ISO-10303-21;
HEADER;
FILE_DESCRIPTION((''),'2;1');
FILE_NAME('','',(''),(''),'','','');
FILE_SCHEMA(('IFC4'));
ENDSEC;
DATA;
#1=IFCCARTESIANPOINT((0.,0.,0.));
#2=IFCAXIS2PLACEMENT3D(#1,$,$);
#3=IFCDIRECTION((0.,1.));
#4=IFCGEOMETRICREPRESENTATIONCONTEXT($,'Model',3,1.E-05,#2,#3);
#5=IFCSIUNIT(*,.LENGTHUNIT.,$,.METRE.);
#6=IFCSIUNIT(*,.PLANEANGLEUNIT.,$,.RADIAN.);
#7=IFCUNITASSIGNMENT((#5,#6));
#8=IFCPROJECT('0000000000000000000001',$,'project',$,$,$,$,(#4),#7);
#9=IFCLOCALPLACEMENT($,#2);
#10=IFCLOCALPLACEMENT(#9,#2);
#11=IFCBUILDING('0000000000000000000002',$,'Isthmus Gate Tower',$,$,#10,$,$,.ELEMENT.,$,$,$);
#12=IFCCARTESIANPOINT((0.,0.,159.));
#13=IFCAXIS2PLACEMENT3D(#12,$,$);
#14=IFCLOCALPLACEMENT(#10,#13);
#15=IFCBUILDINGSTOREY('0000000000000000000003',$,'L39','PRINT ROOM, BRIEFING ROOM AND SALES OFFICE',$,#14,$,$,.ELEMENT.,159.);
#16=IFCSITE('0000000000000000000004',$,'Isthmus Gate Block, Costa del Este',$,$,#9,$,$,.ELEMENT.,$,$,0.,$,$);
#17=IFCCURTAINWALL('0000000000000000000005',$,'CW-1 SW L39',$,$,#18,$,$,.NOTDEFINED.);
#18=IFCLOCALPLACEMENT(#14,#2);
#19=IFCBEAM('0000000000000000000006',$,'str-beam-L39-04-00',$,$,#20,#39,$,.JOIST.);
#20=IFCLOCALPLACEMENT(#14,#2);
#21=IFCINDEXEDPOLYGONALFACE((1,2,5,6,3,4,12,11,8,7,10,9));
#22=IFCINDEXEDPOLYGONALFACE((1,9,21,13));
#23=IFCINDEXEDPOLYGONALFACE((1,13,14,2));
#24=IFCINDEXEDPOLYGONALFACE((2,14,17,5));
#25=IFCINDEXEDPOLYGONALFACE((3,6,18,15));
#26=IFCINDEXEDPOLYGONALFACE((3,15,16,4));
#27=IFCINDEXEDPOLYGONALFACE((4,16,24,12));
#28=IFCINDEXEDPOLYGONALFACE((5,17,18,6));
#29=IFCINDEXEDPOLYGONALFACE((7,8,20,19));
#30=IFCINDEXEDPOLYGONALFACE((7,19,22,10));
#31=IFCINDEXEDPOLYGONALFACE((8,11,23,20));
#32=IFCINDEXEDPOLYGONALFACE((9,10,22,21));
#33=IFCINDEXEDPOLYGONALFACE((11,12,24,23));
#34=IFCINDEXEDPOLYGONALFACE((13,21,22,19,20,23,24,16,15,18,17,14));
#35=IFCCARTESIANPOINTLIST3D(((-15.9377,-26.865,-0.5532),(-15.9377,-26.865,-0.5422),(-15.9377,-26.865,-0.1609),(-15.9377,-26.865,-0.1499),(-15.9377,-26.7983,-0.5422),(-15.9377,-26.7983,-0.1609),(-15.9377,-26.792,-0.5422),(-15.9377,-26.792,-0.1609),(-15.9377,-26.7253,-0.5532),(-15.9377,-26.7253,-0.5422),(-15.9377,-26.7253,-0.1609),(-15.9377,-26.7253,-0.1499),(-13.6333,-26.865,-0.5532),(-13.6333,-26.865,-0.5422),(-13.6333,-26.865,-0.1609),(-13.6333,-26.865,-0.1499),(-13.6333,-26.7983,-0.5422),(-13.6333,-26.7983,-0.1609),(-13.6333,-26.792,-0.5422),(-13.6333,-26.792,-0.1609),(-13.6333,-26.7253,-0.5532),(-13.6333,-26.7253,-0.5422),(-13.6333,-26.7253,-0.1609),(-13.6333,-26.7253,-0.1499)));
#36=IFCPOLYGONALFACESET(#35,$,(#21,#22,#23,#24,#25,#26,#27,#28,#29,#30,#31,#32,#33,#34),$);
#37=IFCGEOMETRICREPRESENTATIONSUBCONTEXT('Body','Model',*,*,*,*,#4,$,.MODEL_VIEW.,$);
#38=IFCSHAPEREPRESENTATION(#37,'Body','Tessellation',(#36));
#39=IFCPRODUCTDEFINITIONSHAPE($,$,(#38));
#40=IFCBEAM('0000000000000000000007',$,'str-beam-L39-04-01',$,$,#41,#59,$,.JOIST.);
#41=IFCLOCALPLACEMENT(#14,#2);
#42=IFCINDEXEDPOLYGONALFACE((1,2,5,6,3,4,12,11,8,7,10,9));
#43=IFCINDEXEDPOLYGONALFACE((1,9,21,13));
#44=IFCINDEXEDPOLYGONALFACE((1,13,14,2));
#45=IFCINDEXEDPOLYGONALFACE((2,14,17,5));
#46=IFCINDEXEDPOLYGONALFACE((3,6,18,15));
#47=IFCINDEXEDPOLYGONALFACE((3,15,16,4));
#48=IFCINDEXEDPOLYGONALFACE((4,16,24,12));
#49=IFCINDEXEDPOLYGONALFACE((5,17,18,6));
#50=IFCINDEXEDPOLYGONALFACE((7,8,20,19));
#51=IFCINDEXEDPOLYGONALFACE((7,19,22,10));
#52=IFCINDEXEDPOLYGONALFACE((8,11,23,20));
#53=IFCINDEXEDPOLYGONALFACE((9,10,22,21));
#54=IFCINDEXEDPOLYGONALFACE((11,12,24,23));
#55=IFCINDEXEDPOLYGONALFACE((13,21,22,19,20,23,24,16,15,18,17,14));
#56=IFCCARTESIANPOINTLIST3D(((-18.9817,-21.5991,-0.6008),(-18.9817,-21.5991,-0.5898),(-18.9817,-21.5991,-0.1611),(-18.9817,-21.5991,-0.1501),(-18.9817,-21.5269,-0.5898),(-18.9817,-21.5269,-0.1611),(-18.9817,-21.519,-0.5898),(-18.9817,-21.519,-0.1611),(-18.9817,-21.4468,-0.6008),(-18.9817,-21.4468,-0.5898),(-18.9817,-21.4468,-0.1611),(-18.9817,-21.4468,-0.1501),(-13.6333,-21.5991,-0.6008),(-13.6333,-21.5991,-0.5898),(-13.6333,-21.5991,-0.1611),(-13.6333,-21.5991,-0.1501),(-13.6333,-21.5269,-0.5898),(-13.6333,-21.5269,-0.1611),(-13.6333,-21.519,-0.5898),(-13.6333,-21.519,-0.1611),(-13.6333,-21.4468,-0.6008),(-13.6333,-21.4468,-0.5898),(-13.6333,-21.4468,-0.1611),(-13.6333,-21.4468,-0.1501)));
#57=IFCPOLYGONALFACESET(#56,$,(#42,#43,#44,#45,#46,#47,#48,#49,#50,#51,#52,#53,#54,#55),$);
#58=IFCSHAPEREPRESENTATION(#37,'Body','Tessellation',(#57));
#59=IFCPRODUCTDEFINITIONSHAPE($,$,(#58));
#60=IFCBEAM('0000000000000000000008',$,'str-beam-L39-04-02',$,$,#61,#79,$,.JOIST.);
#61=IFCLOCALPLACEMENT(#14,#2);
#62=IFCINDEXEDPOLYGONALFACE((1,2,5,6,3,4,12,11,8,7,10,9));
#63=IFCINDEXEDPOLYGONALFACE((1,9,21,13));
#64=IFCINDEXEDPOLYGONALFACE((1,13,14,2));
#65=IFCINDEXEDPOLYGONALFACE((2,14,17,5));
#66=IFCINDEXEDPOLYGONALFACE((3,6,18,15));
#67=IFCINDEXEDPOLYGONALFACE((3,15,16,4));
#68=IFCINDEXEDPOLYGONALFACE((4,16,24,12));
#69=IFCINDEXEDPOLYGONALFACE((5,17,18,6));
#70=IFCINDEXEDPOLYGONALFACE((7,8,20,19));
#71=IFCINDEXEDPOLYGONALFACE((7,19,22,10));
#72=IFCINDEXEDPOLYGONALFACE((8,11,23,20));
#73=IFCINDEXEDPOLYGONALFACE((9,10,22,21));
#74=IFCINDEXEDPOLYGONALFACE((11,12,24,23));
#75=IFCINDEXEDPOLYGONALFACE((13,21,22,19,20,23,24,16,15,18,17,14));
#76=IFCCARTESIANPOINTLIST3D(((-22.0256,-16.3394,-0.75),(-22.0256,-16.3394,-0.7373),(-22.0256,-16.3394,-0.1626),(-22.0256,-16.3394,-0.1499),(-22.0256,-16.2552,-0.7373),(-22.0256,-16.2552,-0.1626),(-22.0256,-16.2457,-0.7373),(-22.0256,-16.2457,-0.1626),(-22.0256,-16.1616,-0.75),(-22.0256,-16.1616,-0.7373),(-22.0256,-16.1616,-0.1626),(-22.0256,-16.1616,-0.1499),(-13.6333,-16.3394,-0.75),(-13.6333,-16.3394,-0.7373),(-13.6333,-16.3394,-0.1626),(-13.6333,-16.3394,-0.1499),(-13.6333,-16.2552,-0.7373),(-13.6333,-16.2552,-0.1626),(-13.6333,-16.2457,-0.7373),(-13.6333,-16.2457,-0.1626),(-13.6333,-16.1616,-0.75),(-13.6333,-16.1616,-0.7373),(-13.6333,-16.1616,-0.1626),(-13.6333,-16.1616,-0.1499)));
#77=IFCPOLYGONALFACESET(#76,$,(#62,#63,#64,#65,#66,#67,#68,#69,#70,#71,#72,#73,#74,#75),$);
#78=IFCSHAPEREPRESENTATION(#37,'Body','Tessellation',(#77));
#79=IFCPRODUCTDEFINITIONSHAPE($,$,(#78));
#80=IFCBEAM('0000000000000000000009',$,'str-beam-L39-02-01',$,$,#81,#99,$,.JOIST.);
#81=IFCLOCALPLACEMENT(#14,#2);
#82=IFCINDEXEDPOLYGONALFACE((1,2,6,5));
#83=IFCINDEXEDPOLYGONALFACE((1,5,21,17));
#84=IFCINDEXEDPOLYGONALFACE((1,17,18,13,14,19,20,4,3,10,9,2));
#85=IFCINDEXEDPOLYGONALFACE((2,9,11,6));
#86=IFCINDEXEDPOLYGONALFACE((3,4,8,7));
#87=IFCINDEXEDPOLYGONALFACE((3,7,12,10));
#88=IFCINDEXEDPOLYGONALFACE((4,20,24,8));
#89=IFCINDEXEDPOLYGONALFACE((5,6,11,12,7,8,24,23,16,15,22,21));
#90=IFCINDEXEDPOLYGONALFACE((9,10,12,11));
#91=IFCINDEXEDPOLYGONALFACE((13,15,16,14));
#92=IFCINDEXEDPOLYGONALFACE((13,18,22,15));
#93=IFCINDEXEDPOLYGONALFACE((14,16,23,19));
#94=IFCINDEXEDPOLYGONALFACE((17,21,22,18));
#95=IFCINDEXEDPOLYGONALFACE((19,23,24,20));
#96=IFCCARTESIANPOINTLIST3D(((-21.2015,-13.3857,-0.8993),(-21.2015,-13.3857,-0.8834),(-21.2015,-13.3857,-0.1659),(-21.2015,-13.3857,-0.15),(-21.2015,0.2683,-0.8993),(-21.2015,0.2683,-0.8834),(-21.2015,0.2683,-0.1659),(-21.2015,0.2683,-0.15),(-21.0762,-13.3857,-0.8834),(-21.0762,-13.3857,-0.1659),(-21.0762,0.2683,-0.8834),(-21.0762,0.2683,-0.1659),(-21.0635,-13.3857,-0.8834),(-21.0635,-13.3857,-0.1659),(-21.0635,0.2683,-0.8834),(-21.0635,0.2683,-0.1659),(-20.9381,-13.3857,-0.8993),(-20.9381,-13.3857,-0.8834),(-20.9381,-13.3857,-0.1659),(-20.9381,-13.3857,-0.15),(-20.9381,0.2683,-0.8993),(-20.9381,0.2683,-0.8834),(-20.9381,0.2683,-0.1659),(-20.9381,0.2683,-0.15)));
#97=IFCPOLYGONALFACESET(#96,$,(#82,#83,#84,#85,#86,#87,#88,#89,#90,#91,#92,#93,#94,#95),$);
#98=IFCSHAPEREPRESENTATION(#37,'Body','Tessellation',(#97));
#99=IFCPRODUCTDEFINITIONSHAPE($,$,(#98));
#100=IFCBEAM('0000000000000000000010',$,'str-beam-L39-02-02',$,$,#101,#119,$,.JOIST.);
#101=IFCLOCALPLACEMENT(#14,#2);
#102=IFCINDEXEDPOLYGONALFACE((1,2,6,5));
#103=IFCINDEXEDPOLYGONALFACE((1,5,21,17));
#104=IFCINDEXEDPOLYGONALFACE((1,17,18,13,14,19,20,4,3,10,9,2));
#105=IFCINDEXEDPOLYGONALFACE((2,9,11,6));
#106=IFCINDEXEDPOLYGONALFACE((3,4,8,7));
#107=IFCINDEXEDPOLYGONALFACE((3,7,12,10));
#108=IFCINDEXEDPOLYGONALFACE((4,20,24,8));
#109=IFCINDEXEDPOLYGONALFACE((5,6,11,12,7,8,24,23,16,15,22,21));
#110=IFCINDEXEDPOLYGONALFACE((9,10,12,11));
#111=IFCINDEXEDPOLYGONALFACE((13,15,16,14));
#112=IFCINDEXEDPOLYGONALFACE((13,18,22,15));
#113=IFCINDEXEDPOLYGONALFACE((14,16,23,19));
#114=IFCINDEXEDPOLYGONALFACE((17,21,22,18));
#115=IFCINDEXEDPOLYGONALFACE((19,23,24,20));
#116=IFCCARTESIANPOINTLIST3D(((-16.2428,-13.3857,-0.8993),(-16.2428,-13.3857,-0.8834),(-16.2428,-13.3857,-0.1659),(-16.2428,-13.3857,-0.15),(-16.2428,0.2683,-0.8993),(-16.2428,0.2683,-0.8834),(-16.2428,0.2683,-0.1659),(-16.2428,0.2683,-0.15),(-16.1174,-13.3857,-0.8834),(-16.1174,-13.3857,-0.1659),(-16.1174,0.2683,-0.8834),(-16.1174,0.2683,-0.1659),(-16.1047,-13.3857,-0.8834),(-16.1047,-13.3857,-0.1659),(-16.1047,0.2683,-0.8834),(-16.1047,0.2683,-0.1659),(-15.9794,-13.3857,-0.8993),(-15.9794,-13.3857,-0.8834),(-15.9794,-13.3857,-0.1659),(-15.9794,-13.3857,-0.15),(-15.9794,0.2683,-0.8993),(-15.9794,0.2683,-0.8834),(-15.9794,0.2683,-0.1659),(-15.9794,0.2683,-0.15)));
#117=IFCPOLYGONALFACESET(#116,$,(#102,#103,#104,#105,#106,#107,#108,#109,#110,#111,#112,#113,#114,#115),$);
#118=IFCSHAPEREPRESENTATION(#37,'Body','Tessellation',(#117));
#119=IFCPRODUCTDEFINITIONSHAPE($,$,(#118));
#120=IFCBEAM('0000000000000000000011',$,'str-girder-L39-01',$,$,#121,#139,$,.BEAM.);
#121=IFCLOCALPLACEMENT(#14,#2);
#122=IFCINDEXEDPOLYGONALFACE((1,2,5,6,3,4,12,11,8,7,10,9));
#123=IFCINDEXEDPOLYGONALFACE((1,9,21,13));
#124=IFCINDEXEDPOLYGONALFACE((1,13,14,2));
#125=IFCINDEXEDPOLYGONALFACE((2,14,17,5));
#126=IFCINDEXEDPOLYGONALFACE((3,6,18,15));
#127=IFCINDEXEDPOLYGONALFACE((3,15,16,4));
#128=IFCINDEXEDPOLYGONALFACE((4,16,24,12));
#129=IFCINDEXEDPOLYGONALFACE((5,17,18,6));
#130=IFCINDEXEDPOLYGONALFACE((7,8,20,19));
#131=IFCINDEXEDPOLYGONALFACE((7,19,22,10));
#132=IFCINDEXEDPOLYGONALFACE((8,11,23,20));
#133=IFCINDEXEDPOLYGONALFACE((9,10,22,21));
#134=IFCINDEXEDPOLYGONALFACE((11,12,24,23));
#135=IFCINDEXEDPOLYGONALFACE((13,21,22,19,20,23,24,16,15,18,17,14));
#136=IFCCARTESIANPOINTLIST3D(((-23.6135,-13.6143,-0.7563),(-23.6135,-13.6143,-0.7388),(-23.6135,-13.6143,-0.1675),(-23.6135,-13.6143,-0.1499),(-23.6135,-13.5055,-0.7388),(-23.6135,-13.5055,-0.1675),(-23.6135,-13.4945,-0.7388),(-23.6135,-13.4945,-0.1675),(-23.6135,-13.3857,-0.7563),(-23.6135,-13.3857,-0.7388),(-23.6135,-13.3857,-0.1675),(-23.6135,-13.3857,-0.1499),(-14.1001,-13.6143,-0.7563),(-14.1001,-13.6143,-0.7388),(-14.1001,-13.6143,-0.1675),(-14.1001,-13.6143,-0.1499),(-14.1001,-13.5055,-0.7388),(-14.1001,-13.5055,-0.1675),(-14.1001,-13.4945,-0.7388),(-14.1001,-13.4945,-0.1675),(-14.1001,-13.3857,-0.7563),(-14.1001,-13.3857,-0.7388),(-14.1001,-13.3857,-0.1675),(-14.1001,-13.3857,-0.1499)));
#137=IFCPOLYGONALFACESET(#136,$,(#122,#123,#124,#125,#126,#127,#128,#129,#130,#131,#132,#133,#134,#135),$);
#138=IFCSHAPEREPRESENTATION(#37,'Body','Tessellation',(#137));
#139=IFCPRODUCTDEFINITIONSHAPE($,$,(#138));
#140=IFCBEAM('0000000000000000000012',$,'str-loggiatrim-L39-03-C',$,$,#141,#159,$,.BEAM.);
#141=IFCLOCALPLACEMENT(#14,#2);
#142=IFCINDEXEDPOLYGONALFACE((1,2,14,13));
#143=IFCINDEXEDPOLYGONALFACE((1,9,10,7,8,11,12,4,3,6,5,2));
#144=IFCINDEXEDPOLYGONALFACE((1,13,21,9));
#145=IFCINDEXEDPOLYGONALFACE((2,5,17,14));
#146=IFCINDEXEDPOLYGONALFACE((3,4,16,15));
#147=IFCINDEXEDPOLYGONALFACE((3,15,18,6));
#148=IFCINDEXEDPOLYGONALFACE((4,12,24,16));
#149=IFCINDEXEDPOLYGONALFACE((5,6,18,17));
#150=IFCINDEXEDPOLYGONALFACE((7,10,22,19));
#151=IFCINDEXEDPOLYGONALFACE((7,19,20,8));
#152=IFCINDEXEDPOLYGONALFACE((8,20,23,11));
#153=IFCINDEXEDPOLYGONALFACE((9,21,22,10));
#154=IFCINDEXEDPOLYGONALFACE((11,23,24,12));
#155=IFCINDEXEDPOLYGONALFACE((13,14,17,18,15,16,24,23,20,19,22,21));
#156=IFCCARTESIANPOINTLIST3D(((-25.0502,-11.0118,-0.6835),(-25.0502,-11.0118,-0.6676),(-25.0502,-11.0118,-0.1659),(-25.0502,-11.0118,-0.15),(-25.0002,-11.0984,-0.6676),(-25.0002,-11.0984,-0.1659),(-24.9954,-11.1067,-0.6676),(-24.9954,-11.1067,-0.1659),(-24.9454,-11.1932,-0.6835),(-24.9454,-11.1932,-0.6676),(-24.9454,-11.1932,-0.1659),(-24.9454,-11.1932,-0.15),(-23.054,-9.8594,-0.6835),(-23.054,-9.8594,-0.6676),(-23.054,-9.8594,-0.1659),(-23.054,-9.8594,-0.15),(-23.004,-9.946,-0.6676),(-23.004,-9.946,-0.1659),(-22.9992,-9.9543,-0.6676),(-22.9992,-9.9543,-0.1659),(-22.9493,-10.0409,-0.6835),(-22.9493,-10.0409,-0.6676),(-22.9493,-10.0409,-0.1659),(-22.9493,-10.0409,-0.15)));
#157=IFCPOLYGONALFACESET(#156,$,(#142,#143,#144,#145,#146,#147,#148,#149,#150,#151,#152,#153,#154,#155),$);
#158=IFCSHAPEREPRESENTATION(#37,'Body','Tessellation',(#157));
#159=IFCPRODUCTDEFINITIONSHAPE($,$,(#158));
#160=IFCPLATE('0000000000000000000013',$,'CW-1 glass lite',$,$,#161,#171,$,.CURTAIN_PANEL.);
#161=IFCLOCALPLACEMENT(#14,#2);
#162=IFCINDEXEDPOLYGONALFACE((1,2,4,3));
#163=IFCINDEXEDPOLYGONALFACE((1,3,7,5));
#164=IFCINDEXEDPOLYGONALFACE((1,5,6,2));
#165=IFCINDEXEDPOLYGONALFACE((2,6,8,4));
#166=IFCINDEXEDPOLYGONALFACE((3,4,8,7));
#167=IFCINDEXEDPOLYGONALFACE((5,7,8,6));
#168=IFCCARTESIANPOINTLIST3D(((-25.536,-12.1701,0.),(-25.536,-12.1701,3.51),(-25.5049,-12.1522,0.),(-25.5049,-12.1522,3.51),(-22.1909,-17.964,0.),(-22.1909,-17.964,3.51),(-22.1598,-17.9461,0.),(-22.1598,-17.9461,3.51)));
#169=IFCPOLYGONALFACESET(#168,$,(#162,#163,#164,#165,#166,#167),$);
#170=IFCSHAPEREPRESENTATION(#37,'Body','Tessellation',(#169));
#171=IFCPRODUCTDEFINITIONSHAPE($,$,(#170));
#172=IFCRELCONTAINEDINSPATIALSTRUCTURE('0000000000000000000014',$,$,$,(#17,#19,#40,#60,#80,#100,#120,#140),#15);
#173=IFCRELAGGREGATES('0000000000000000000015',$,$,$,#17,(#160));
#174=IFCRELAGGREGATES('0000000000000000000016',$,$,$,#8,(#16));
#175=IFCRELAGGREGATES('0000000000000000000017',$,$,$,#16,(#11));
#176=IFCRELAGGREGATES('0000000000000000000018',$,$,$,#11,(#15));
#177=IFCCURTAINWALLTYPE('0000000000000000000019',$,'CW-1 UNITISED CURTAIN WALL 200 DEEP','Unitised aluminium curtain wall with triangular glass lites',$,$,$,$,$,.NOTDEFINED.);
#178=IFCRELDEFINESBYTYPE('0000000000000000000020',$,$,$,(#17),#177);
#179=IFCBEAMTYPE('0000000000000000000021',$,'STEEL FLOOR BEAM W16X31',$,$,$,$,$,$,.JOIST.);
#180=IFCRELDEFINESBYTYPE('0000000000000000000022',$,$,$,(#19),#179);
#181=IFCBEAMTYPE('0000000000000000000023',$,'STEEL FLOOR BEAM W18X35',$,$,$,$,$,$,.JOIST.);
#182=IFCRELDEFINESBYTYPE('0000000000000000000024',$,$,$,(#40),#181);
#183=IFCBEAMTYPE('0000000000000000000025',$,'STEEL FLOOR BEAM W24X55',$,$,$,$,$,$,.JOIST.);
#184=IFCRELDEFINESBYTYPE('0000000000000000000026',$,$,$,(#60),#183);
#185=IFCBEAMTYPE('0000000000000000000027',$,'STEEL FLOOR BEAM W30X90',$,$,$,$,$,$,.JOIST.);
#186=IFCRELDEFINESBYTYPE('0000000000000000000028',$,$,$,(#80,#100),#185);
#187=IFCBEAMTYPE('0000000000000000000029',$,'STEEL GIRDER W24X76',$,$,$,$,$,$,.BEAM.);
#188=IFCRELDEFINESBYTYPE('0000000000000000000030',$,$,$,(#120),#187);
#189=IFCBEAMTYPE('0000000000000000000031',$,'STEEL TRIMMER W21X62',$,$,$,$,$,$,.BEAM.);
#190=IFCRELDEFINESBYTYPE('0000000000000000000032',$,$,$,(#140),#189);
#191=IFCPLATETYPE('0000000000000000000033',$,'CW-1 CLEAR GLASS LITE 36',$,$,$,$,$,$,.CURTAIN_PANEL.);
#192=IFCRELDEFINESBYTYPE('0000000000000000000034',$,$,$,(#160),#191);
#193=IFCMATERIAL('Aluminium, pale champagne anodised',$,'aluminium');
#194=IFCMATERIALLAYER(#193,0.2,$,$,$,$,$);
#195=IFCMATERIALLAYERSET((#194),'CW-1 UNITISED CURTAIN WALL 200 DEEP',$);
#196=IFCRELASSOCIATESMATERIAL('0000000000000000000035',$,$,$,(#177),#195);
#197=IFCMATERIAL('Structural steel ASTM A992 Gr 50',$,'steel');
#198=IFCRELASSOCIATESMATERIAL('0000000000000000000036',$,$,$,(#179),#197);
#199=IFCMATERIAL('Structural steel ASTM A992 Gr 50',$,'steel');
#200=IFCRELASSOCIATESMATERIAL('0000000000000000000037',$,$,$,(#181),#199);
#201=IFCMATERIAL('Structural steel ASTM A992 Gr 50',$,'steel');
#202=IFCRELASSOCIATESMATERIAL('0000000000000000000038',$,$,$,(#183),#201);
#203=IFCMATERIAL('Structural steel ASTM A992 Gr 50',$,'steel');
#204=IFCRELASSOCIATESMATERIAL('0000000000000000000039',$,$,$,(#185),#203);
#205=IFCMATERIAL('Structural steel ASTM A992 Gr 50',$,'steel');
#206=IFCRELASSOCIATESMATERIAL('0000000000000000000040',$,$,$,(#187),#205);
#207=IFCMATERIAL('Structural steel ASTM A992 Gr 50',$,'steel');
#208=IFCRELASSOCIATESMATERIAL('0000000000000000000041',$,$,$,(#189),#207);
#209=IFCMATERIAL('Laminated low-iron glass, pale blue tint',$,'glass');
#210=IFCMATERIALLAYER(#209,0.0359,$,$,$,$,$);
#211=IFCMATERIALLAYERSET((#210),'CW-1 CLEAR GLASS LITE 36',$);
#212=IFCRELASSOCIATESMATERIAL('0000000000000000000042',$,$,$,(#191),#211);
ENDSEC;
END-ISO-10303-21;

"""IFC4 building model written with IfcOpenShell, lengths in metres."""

from ifc_helpers import new_model, si_unit, direction, frame, origin, origin_2d, place, context, subcontext, project, spatial, rectangle, i_section, extrude, material, layer, layer_set, material_profile, profile_set, type_object, element, aggregate, save


model = new_model("IFC4")

# Units and contexts
model_context = context("Model", 3, precision=1e-05, world=origin(), true_north=direction((0.0, 1.0)))
body_context = subcontext(model_context, "Body", "Model", "MODEL_VIEW")
ifc_project = project(units=[si_unit("LENGTHUNIT", "METRE"), si_unit("PLANEANGLEUNIT", "RADIAN")], contexts=[model_context])

# Site, building, storey
site_placement = place(None, origin())
site = spatial("IfcSite", under=ifc_project, at=site_placement, Name="Isthmus Gate Block, Costa del Este", CompositionType="ELEMENT", RefElevation=0.0)
building_placement = place(site_placement, origin())
building = spatial("IfcBuilding", under=site, at=building_placement, Name="Isthmus Gate Tower", CompositionType="ELEMENT")
storey_placement = place(building_placement, frame((0.0, 0.0, 159.0)))
storey = spatial("IfcBuildingStorey", under=building, at=storey_placement, Name="L39", Description="PRINT ROOM, BRIEFING ROOM AND SALES OFFICE", CompositionType="ELEMENT", Elevation=159.0)

# Curtain wall
ifc_material_1 = material(Name="Aluminium, pale champagne anodised", Category="aluminium")
ifc_layer_1 = layer(ifc_material_1, 0.2)
ifc_layer_set_1 = layer_set([ifc_layer_1], Name="CW-1 UNITISED CURTAIN WALL 200 DEEP")
curtain_wall_type = type_object("IfcCurtainWallType", Name="CW-1 UNITISED CURTAIN WALL 200 DEEP", Description="Unitised aluminium curtain wall with triangular glass lites", PredefinedType="NOTDEFINED", material=ifc_layer_set_1)
curtain_wall_1_placement = place(storey_placement, origin())
curtain_wall_1 = element("IfcCurtainWall", 1, at=curtain_wall_1_placement, inside=storey, type_object=curtain_wall_type, Name="CW-1 SW L39", PredefinedType="NOTDEFINED")

# Beams
ifc_material_2 = material(Name="Structural steel ASTM A992 Gr 50", Category="steel")
ifc_material_profile_1 = material_profile(ifc_material_2, i_section(OverallWidth=0.1396, OverallDepth=0.4033, WebThickness=0.0063, FlangeThickness=0.011, at=origin_2d()), Name="W16X31")
ifc_profile_set_1 = profile_set([ifc_material_profile_1], Name="Structural steel ASTM A992 Gr 50")
beam_type_1 = type_object("IfcBeamType", Name="STEEL FLOOR BEAM W16X31", PredefinedType="JOIST", material=ifc_profile_set_1)
beam_1_placement = place(storey_placement, frame((-15.9377, -26.7952, -0.3516), z_axis=(1.0, 0.0, 0.0), x_axis=(0.0, 1.0, 0.0)))
element("IfcBeam", 2, at=beam_1_placement, inside=storey, type_object=beam_type_1, Name="str-beam-L39-04-00", PredefinedType="JOIST", context=body_context, shape_type="SweptSolid", body=[
    extrude(i_section(OverallWidth=0.1396, OverallDepth=0.4033, WebThickness=0.0063, FlangeThickness=0.011, at=origin_2d()), origin(), (0.0, 0.0, 1.0), 2.3044),
])
ifc_material_3 = material(Name="Structural steel ASTM A992 Gr 50", Category="steel")
ifc_material_profile_2 = material_profile(ifc_material_3, i_section(OverallWidth=0.1523, OverallDepth=0.4507, WebThickness=0.0078, FlangeThickness=0.011, at=origin_2d()), Name="W18X35")
ifc_profile_set_2 = profile_set([ifc_material_profile_2], Name="Structural steel ASTM A992 Gr 50")
beam_type_2 = type_object("IfcBeamType", Name="STEEL FLOOR BEAM W18X35", PredefinedType="JOIST", material=ifc_profile_set_2)
beam_2_placement = place(storey_placement, frame((-18.9817, -21.5229, -0.3755), z_axis=(1.0, 0.0, 0.0), x_axis=(0.0, 1.0, 0.0)))
element("IfcBeam", 3, at=beam_2_placement, inside=storey, type_object=beam_type_2, Name="str-beam-L39-04-01", PredefinedType="JOIST", context=body_context, shape_type="SweptSolid", body=[
    extrude(i_section(OverallWidth=0.1523, OverallDepth=0.4507, WebThickness=0.0078, FlangeThickness=0.011, at=origin_2d()), origin(), (0.0, 0.0, 1.0), 5.3484),
])
ifc_material_4 = material(Name="Structural steel ASTM A992 Gr 50", Category="steel")
ifc_material_profile_3 = material_profile(ifc_material_4, i_section(OverallWidth=0.1777, OverallDepth=0.6001, WebThickness=0.0095, FlangeThickness=0.0127, at=origin_2d()), Name="W24X55")
ifc_profile_set_3 = profile_set([ifc_material_profile_3], Name="Structural steel ASTM A992 Gr 50")
beam_type_3 = type_object("IfcBeamType", Name="STEEL FLOOR BEAM W24X55", PredefinedType="JOIST", material=ifc_profile_set_3)
beam_3_placement = place(storey_placement, frame((-22.0256, -16.2505, -0.45), z_axis=(1.0, 0.0, 0.0), x_axis=(0.0, 1.0, 0.0)))
element("IfcBeam", 4, at=beam_3_placement, inside=storey, type_object=beam_type_3, Name="str-beam-L39-04-02", PredefinedType="JOIST", context=body_context, shape_type="SweptSolid", body=[
    extrude(i_section(OverallWidth=0.1777, OverallDepth=0.6001, WebThickness=0.0095, FlangeThickness=0.0127, at=origin_2d()), origin(), (0.0, 0.0, 1.0), 8.3923),
])
ifc_material_5 = material(Name="Structural steel ASTM A992 Gr 50", Category="steel")
ifc_material_profile_4 = material_profile(ifc_material_5, i_section(OverallWidth=0.2634, OverallDepth=0.7493, WebThickness=0.0127, FlangeThickness=0.0159, at=origin_2d()), Name="W30X90")
ifc_profile_set_4 = profile_set([ifc_material_profile_4], Name="Structural steel ASTM A992 Gr 50")
beam_type_4 = type_object("IfcBeamType", Name="STEEL FLOOR BEAM W30X90", PredefinedType="JOIST", material=ifc_profile_set_4)
for number, where, z_axis, x_axis, name in (
    (5, (-21.0698, -13.3857, -0.5247), (0.0, 1.0, 0.0), (-1.0, 0.0, 0.0), "str-beam-L39-02-01"),
    (6, (-16.1111, -13.3857, -0.5247), (0.0, 1.0, 0.0), (-1.0, 0.0, 0.0), "str-beam-L39-02-02"),
):
    element("IfcBeam", number, at=place(storey_placement, frame(where, z_axis=z_axis, x_axis=x_axis)), inside=storey, type_object=beam_type_4, Name=name, PredefinedType="JOIST", context=body_context, shape_type="SweptSolid", body=[
        extrude(i_section(OverallWidth=0.2634, OverallDepth=0.7493, WebThickness=0.0127, FlangeThickness=0.0159, at=origin_2d()), origin(), (0.0, 0.0, 1.0), 13.6541),
    ])
ifc_material_6 = material(Name="Structural steel ASTM A992 Gr 50", Category="steel")
ifc_material_profile_5 = material_profile(ifc_material_6, i_section(OverallWidth=0.2285, OverallDepth=0.6064, WebThickness=0.011, FlangeThickness=0.0176, at=origin_2d()), Name="W24X76")
ifc_profile_set_5 = profile_set([ifc_material_profile_5], Name="Structural steel ASTM A992 Gr 50")
beam_type_5 = type_object("IfcBeamType", Name="STEEL GIRDER W24X76", PredefinedType="BEAM", material=ifc_profile_set_5)
beam_4_placement = place(storey_placement, frame((-23.6135, -13.5, -0.4531), z_axis=(1.0, 0.0, 0.0), x_axis=(0.0, 1.0, 0.0)))
element("IfcBeam", 7, at=beam_4_placement, inside=storey, type_object=beam_type_5, Name="str-girder-L39-01", PredefinedType="BEAM", context=body_context, shape_type="SweptSolid", body=[
    extrude(i_section(OverallWidth=0.2285, OverallDepth=0.6064, WebThickness=0.011, FlangeThickness=0.0176, at=origin_2d()), origin(), (0.0, 0.0, 1.0), 9.5134),
])
ifc_material_7 = material(Name="Structural steel ASTM A992 Gr 50", Category="steel")
ifc_material_profile_6 = material_profile(ifc_material_7, i_section(OverallWidth=0.2095, OverallDepth=0.5334, WebThickness=0.0095, FlangeThickness=0.0159, at=origin_2d()), Name="W21X62")
ifc_profile_set_6 = profile_set([ifc_material_profile_6], Name="Structural steel ASTM A992 Gr 50")
beam_type_6 = type_object("IfcBeamType", Name="STEEL TRIMMER W21X62", PredefinedType="BEAM", material=ifc_profile_set_6)
beam_5_placement = place(storey_placement, frame((-24.9978, -11.1025, -0.4167), z_axis=(0.866044, 0.499967, 0.0), x_axis=(-0.499967, 0.866044, 0.0)))
element("IfcBeam", 8, at=beam_5_placement, inside=storey, type_object=beam_type_6, Name="str-loggiatrim-L39-03-C", PredefinedType="BEAM", context=body_context, shape_type="SweptSolid", body=[
    extrude(i_section(OverallWidth=0.2095, OverallDepth=0.5334, WebThickness=0.0095, FlangeThickness=0.0159, at=origin_2d()), origin(), (0.0, 0.0, 1.0), 2.3049),
])

# Plate
ifc_material_8 = material(Name="Laminated low-iron glass, pale blue tint", Category="glass")
ifc_layer_2 = layer(ifc_material_8, 0.0359)
ifc_layer_set_2 = layer_set([ifc_layer_2], Name="CW-1 CLEAR GLASS LITE 36")
plate_type = type_object("IfcPlateType", Name="CW-1 CLEAR GLASS LITE 36", PredefinedType="CURTAIN_PANEL", material=ifc_layer_set_2)
plate_1_placement = place(storey_placement, frame((-23.8479, -15.0581, 0.0), z_axis=(0.0, 0.0, 1.0), x_axis=(0.5, -0.866025, 0.0)))
plate_1 = element("IfcPlate", 9, at=plate_1_placement, type_object=plate_type, Name="CW-1 glass lite", PredefinedType="CURTAIN_PANEL", context=body_context, shape_type="SweptSolid", body=[
    extrude(rectangle(XDim=6.6902, YDim=0.0359, at=origin_2d()), origin(), (0.0, 0.0, 1.0), 3.51),
])
aggregate(curtain_wall_1, [plate_1])

save(model, "model.ifc")
